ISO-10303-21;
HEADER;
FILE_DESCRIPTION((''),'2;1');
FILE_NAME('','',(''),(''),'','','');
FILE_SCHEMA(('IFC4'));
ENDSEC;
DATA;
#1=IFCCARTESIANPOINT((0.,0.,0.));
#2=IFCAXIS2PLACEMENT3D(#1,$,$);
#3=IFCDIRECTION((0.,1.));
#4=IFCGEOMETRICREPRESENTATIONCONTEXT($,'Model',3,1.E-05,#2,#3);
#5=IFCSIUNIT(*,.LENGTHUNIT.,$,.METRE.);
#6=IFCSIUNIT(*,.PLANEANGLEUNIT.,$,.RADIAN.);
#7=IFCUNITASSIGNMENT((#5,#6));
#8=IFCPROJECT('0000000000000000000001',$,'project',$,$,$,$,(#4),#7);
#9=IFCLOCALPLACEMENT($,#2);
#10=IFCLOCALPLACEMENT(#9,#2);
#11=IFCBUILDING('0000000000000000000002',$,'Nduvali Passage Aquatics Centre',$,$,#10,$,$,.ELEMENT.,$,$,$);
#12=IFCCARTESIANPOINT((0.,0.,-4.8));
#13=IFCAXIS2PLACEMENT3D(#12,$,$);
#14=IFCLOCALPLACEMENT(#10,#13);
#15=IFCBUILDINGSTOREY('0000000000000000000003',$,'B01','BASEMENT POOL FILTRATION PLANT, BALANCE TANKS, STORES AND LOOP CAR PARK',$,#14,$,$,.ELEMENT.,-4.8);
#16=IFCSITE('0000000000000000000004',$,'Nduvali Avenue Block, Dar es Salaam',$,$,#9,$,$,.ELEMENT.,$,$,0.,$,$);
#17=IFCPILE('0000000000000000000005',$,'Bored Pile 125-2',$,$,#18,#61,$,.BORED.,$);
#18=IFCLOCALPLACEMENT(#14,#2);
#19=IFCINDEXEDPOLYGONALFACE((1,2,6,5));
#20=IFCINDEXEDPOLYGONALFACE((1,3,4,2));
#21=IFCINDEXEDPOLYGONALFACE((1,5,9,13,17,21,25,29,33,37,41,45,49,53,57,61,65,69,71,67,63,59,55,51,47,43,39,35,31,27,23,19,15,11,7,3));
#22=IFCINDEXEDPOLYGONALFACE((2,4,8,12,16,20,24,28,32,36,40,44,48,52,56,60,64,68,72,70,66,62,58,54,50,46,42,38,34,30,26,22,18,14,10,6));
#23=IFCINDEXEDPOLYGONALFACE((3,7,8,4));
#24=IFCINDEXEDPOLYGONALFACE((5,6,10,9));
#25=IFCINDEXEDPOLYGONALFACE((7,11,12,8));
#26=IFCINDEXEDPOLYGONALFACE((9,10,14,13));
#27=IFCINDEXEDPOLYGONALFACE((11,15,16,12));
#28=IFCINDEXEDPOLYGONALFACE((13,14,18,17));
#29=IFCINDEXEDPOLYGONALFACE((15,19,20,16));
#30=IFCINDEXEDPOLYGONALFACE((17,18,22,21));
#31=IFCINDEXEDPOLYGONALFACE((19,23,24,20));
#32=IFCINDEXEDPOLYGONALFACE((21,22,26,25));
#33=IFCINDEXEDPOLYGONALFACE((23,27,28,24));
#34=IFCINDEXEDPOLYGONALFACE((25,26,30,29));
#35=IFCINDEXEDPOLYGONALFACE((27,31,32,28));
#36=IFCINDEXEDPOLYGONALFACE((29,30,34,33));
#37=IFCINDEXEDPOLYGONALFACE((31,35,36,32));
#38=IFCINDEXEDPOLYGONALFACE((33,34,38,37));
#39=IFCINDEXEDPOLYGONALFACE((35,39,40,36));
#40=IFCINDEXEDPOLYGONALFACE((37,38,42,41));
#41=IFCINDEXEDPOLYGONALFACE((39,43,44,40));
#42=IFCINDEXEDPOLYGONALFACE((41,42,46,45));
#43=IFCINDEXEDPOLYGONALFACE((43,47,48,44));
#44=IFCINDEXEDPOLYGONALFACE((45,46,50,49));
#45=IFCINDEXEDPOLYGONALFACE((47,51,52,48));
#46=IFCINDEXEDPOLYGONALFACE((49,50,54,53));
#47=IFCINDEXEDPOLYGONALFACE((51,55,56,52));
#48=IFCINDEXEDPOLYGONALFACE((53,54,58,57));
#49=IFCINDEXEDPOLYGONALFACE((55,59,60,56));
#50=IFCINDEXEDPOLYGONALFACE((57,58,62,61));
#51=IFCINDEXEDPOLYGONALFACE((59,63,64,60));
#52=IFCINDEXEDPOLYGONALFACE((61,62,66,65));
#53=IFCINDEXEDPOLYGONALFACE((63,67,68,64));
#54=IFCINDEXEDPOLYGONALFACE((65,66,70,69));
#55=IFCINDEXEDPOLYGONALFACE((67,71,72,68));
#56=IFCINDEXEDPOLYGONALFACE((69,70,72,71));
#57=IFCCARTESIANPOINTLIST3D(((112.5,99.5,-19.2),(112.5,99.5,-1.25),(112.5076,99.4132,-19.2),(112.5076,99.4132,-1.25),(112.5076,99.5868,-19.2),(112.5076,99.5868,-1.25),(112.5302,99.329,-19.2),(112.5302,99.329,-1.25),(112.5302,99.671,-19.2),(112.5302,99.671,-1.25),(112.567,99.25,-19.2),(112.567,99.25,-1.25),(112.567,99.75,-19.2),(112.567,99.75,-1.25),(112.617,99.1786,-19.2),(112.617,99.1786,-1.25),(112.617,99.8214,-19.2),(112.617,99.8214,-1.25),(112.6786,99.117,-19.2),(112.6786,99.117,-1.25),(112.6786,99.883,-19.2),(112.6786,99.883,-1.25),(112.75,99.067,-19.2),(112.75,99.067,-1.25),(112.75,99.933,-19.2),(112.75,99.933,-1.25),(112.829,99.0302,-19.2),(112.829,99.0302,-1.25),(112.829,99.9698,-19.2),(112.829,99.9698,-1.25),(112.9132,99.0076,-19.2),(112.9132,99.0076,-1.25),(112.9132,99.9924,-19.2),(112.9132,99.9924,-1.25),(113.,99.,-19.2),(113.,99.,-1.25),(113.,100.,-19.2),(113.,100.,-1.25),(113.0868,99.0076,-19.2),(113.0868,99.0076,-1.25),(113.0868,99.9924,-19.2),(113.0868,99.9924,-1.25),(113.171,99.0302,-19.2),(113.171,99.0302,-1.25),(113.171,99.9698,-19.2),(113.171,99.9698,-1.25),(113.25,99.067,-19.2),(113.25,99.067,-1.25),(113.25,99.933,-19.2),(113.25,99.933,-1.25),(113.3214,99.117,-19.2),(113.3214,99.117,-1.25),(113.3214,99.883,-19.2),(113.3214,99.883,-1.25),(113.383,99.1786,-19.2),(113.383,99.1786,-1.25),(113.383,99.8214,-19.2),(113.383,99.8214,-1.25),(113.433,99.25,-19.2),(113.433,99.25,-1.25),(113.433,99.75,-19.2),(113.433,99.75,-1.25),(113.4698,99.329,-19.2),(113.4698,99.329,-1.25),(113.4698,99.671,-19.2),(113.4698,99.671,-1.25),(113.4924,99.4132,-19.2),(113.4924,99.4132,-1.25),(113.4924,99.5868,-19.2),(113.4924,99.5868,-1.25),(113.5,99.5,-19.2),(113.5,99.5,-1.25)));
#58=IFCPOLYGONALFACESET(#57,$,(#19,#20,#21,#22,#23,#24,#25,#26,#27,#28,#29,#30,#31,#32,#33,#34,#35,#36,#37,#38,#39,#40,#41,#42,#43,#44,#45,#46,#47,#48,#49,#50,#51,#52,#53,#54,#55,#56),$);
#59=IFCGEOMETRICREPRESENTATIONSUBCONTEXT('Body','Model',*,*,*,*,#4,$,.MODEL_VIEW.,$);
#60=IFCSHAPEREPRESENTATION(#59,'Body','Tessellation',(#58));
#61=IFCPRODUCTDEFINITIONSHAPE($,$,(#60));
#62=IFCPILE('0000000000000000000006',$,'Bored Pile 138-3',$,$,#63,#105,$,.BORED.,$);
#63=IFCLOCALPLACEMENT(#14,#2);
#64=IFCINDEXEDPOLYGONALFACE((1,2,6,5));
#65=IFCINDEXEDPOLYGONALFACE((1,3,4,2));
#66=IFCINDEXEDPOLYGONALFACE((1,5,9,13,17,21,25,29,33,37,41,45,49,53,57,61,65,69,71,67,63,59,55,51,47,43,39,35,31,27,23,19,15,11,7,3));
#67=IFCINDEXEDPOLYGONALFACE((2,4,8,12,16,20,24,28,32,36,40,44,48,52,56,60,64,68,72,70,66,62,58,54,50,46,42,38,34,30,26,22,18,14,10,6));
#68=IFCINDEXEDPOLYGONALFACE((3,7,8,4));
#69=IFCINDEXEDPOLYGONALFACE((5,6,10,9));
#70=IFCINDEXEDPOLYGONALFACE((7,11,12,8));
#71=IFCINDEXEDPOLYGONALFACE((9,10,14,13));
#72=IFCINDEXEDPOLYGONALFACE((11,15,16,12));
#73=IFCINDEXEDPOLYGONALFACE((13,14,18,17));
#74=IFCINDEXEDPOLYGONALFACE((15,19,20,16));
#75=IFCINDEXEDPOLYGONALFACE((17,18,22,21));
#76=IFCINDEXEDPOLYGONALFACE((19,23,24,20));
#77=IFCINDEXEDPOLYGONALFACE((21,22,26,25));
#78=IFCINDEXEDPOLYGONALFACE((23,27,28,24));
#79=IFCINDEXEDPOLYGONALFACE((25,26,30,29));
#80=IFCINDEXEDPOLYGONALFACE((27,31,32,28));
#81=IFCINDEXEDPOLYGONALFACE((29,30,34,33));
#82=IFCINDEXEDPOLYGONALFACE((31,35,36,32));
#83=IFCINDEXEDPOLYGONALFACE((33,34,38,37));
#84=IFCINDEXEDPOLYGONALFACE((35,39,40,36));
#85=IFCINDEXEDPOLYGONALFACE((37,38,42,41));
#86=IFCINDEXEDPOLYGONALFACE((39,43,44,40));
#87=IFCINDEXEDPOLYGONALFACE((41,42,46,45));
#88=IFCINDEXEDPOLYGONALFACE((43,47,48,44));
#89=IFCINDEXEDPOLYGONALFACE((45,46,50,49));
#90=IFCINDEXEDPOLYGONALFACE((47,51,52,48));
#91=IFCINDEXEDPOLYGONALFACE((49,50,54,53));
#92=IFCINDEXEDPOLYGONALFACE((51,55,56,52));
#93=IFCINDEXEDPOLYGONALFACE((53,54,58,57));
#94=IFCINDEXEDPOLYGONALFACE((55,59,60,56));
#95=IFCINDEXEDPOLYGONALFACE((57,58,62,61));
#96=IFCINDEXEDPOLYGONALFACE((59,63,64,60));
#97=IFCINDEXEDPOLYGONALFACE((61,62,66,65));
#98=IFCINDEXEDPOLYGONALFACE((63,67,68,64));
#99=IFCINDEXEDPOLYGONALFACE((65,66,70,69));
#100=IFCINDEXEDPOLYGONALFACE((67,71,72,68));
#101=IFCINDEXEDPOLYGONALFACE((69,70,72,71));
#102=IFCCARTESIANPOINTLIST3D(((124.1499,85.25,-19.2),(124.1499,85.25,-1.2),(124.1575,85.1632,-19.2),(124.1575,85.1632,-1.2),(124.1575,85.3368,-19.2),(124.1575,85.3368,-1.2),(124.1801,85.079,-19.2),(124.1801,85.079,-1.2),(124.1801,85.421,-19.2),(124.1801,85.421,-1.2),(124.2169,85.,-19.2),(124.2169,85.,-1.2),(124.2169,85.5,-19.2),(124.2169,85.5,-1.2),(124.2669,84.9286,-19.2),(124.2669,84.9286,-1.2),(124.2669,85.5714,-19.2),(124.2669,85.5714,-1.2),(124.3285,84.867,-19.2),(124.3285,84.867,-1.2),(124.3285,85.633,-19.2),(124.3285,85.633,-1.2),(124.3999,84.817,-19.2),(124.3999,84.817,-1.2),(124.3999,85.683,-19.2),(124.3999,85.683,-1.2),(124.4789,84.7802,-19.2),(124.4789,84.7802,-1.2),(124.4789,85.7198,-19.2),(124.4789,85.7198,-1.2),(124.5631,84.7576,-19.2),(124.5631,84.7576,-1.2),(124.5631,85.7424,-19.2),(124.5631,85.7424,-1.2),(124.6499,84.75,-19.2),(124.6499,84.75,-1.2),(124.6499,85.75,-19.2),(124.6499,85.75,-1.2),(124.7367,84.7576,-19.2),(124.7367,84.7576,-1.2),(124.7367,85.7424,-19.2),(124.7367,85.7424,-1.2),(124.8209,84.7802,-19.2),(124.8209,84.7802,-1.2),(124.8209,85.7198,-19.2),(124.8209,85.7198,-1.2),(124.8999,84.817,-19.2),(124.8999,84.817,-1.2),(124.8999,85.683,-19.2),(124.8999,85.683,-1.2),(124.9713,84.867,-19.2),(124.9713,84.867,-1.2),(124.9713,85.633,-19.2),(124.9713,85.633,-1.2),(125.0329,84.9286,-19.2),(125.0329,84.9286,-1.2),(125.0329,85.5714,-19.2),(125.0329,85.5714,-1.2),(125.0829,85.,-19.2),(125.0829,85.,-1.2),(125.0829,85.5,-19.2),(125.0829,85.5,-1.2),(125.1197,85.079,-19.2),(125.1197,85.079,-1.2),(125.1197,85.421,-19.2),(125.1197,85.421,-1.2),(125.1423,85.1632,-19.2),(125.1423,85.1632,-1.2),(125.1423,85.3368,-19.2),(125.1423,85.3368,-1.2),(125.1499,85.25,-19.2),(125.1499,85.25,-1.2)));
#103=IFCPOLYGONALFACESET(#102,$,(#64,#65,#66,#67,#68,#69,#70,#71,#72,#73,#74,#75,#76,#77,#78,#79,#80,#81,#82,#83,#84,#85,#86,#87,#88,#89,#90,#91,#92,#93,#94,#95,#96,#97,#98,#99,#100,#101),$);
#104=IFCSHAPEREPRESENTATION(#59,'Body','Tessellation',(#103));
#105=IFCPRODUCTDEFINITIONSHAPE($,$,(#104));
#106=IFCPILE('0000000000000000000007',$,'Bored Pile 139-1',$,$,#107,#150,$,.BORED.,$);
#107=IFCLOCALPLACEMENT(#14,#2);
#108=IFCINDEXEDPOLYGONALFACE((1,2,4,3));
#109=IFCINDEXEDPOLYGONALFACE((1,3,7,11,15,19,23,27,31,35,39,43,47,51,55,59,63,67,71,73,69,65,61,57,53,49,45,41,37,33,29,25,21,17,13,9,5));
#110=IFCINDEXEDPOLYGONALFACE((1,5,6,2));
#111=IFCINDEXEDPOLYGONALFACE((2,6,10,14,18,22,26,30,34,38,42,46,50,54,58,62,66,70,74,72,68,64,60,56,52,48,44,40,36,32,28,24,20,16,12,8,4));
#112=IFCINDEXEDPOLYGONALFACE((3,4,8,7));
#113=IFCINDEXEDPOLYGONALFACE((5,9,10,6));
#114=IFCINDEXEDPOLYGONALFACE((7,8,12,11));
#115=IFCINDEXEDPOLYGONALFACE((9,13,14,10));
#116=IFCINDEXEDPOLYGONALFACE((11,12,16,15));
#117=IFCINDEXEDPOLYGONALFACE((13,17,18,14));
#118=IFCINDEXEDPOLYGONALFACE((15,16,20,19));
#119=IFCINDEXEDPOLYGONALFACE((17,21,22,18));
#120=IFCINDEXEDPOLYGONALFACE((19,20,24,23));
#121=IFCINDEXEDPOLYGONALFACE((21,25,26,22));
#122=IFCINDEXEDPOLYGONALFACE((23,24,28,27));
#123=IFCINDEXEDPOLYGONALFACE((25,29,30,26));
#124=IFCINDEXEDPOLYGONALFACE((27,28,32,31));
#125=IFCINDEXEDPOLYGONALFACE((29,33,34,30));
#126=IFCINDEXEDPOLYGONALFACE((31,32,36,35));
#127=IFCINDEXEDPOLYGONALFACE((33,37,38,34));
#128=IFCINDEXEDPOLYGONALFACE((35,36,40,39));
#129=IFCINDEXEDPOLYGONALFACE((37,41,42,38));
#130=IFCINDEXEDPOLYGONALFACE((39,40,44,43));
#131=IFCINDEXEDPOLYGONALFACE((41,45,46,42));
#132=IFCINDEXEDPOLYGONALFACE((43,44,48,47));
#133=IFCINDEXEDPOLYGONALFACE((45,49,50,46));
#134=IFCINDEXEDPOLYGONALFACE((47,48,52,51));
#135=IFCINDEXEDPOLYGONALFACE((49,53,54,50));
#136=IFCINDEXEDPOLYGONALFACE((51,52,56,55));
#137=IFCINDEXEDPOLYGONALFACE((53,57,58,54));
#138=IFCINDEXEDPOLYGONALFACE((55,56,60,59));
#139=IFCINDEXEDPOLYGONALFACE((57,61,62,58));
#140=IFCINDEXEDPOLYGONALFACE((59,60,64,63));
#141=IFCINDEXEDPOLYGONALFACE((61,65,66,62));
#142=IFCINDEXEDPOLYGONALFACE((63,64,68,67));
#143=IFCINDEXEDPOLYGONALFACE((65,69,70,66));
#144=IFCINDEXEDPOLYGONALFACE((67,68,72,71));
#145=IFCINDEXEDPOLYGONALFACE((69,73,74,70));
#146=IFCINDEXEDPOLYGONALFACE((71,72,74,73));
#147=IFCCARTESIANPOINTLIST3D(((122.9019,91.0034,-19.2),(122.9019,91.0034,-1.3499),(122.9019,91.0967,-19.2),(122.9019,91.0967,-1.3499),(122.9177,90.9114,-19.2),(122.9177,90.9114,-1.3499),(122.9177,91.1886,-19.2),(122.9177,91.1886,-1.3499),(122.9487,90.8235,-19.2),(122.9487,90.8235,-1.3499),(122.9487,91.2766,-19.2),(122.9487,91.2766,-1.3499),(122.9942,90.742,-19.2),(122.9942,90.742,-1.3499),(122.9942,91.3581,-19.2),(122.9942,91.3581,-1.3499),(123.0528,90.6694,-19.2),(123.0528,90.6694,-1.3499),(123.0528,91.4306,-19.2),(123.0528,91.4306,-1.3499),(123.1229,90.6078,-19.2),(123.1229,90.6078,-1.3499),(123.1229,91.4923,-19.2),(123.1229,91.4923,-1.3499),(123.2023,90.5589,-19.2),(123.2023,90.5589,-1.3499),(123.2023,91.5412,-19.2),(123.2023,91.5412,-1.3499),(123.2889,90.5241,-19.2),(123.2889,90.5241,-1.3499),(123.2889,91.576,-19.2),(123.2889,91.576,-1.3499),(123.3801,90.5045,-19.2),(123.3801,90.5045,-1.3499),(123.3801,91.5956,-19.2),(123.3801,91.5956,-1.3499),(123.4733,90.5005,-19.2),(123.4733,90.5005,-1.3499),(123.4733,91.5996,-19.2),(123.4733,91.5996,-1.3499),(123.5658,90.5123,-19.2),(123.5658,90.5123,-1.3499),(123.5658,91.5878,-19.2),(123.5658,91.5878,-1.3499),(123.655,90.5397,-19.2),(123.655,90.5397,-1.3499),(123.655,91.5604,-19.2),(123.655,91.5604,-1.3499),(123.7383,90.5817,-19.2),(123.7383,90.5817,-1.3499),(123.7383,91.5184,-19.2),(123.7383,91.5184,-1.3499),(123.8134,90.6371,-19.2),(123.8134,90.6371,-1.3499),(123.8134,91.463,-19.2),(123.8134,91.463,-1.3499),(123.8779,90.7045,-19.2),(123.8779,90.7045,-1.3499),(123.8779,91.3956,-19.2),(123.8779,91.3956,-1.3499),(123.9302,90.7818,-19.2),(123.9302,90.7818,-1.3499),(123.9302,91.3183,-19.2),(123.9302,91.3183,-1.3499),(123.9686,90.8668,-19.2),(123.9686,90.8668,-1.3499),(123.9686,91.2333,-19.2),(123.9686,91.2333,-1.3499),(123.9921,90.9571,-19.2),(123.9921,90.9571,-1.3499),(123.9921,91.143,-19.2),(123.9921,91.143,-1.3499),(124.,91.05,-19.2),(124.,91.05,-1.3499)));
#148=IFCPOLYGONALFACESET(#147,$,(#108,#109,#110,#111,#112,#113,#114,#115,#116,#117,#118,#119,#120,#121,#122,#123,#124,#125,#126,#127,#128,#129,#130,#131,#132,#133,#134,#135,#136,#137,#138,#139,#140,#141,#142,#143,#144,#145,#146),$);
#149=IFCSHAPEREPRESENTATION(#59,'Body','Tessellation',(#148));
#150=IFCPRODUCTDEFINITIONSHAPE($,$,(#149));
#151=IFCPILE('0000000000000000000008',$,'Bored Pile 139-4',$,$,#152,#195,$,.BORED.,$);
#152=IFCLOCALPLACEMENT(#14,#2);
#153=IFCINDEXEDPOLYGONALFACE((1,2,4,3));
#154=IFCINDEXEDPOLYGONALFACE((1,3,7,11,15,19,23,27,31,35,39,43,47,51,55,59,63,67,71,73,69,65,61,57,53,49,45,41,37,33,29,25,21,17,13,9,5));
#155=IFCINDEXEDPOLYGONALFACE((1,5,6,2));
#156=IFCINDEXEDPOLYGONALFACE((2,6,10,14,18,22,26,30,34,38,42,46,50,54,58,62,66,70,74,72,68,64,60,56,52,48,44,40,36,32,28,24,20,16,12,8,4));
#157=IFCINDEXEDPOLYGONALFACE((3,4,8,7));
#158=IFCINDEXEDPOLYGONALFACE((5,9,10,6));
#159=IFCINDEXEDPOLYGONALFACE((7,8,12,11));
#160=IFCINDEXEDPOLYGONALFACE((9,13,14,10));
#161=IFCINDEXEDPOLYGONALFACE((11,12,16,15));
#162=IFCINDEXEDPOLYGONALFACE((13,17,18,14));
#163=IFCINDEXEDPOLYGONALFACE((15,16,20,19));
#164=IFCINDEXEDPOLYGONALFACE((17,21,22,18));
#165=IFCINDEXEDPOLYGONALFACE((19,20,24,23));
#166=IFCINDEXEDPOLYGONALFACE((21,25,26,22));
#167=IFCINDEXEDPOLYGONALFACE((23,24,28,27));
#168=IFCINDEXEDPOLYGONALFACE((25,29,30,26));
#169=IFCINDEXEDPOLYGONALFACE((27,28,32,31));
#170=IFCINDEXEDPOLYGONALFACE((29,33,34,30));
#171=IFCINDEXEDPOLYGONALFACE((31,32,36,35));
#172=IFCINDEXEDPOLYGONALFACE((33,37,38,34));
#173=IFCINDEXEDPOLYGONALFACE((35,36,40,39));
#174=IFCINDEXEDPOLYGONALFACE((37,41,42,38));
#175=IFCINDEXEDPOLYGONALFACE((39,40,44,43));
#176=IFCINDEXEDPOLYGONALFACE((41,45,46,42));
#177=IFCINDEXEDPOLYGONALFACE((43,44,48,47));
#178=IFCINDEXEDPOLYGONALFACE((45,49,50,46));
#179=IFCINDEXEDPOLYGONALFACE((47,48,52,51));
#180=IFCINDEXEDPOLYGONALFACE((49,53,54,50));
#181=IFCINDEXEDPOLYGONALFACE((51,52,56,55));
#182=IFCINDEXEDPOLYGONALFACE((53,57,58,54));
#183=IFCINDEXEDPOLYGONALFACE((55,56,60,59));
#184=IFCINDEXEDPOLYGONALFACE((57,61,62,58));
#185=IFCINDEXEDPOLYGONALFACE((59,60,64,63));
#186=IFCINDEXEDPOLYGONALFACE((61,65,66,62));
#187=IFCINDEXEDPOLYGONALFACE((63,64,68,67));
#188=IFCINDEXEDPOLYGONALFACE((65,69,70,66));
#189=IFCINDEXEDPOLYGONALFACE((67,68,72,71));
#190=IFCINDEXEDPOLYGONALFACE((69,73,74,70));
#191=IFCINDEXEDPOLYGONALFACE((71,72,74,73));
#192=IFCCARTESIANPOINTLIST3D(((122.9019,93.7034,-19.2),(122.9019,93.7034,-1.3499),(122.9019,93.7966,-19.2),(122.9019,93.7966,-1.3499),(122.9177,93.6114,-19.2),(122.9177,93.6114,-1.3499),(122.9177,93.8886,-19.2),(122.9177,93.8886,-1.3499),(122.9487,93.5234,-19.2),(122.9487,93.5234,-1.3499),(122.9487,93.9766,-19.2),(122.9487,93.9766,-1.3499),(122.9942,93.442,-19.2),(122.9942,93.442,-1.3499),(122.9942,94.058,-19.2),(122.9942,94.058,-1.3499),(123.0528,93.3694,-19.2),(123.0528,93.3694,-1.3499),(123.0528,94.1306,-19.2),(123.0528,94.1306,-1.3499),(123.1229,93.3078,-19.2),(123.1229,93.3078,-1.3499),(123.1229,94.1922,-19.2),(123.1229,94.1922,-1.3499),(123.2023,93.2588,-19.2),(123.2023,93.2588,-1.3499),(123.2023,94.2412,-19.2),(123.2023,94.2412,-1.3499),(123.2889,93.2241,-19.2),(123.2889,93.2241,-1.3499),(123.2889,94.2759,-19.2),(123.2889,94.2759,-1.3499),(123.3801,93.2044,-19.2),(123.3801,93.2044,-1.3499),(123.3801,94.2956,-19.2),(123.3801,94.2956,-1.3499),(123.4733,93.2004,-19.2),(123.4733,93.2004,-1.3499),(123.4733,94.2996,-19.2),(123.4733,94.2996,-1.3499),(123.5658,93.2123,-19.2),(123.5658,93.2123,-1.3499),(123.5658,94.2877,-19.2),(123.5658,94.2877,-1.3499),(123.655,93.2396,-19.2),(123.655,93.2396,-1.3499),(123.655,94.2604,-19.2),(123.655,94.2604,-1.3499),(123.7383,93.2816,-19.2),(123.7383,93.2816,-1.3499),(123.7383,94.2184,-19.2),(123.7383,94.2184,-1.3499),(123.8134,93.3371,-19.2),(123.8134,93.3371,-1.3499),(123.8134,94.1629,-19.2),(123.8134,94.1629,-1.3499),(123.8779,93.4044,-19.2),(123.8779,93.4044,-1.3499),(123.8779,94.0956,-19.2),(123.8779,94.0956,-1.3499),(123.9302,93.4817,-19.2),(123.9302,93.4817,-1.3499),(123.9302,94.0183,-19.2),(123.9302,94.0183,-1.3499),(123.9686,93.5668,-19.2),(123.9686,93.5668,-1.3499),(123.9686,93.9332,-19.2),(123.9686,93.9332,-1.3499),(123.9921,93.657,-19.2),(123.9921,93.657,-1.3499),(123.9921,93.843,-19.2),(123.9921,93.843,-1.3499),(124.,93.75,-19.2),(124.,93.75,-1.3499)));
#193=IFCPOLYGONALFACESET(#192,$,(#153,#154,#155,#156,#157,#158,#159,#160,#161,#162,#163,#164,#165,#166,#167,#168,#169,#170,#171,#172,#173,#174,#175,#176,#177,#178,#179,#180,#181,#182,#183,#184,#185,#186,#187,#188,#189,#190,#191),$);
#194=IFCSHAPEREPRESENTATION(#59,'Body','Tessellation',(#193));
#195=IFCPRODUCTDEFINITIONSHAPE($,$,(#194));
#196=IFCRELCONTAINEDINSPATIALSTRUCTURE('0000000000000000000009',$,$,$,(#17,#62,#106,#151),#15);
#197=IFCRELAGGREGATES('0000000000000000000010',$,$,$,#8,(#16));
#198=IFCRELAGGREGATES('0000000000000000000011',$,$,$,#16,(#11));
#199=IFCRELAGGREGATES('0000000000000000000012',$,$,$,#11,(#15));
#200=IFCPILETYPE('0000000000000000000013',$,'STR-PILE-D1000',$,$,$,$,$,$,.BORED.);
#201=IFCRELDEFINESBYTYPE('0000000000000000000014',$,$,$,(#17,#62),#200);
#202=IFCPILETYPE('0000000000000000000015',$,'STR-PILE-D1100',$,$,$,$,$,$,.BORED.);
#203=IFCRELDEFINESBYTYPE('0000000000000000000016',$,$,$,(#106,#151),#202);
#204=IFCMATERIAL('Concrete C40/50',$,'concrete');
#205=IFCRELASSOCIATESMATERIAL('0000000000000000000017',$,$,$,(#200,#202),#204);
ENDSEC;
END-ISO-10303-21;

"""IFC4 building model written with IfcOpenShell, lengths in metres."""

from ifc_helpers import new_model, si_unit, direction, frame, origin, origin_2d, place, context, subcontext, project, spatial, circle, extrude, material, material_profile, profile_set, type_object, element, save


model = new_model("IFC4")

# Units and contexts
model_context = context("Model", 3, precision=1e-05, world=origin(), true_north=direction((0.0, 1.0)))
body_context = subcontext(model_context, "Body", "Model", "MODEL_VIEW")
ifc_project = project(units=[si_unit("LENGTHUNIT", "METRE"), si_unit("PLANEANGLEUNIT", "RADIAN")], contexts=[model_context])

# Site, building, storey
site_placement = place(None, origin())
site = spatial("IfcSite", under=ifc_project, at=site_placement, Name="Nduvali Avenue Block, Dar es Salaam", CompositionType="ELEMENT", RefElevation=0.0)
building_placement = place(site_placement, origin())
building = spatial("IfcBuilding", under=site, at=building_placement, Name="Nduvali Passage Aquatics Centre", CompositionType="ELEMENT")
storey_placement = place(building_placement, frame((0.0, 0.0, -4.8)))
storey = spatial("IfcBuildingStorey", under=building, at=storey_placement, Name="B01", Description="BASEMENT POOL FILTRATION PLANT, BALANCE TANKS, STORES AND LOOP CAR PARK", CompositionType="ELEMENT", Elevation=-4.8)

# Shared definitions
ifc_material_1 = material(Name="Concrete C40/50", Category="concrete")

# Piles
ifc_material_profile_1 = material_profile(ifc_material_1, circle(Radius=0.5, at=origin_2d()), Name="PILE D1000")
ifc_profile_set_1 = profile_set([ifc_material_profile_1], Name="Concrete C40/50")
pile_type_1 = type_object("IfcPileType", Name="STR-PILE-D1000", PredefinedType="BORED", material=ifc_profile_set_1)
pile_1_placement = place(storey_placement, frame((113.0, 99.5, -1.25), z_axis=(0.0, 0.0, -1.0), x_axis=(1.0, 0.0, 0.0)))
element("IfcPile", 1, at=pile_1_placement, inside=storey, type_object=pile_type_1, Name="Bored Pile 125-2", PredefinedType="BORED", context=body_context, shape_type="SweptSolid", body=[
    extrude(circle(Radius=0.5, at=origin_2d()), origin(), (0.0, 0.0, 1.0), 17.95),
])
pile_2_placement = place(storey_placement, frame((124.6499, 85.25, -1.2), z_axis=(0.0, 0.0, -1.0), x_axis=(1.0, 0.0, 0.0)))
element("IfcPile", 2, at=pile_2_placement, inside=storey, type_object=pile_type_1, Name="Bored Pile 138-3", PredefinedType="BORED", context=body_context, shape_type="SweptSolid", body=[
    extrude(circle(Radius=0.5, at=origin_2d()), origin(), (0.0, 0.0, 1.0), 18.0),
])
ifc_material_profile_2 = material_profile(ifc_material_1, circle(Radius=0.55, at=origin_2d()), Name="PILE D1100")
ifc_profile_set_2 = profile_set([ifc_material_profile_2], Name="Concrete C40/50")
pile_type_2 = type_object("IfcPileType", Name="STR-PILE-D1100", PredefinedType="BORED", material=ifc_profile_set_2)
for number, where, z_axis, x_axis, name in (
    (3, (123.45, 91.05, -1.3499), (0.0, 0.0, -1.0), (1.0, 0.0, 0.0), "Bored Pile 139-1"),
    (4, (123.45, 93.75, -1.3499), (0.0, 0.0, -1.0), (1.0, 0.0, 0.0), "Bored Pile 139-4"),
):
    element("IfcPile", number, at=place(storey_placement, frame(where, z_axis=z_axis, x_axis=x_axis)), inside=storey, type_object=pile_type_2, Name=name, PredefinedType="BORED", context=body_context, shape_type="SweptSolid", body=[
        extrude(circle(Radius=0.55, at=origin_2d()), origin(), (0.0, 0.0, 1.0), 17.8501),
    ])

save(model, "model.ifc")
